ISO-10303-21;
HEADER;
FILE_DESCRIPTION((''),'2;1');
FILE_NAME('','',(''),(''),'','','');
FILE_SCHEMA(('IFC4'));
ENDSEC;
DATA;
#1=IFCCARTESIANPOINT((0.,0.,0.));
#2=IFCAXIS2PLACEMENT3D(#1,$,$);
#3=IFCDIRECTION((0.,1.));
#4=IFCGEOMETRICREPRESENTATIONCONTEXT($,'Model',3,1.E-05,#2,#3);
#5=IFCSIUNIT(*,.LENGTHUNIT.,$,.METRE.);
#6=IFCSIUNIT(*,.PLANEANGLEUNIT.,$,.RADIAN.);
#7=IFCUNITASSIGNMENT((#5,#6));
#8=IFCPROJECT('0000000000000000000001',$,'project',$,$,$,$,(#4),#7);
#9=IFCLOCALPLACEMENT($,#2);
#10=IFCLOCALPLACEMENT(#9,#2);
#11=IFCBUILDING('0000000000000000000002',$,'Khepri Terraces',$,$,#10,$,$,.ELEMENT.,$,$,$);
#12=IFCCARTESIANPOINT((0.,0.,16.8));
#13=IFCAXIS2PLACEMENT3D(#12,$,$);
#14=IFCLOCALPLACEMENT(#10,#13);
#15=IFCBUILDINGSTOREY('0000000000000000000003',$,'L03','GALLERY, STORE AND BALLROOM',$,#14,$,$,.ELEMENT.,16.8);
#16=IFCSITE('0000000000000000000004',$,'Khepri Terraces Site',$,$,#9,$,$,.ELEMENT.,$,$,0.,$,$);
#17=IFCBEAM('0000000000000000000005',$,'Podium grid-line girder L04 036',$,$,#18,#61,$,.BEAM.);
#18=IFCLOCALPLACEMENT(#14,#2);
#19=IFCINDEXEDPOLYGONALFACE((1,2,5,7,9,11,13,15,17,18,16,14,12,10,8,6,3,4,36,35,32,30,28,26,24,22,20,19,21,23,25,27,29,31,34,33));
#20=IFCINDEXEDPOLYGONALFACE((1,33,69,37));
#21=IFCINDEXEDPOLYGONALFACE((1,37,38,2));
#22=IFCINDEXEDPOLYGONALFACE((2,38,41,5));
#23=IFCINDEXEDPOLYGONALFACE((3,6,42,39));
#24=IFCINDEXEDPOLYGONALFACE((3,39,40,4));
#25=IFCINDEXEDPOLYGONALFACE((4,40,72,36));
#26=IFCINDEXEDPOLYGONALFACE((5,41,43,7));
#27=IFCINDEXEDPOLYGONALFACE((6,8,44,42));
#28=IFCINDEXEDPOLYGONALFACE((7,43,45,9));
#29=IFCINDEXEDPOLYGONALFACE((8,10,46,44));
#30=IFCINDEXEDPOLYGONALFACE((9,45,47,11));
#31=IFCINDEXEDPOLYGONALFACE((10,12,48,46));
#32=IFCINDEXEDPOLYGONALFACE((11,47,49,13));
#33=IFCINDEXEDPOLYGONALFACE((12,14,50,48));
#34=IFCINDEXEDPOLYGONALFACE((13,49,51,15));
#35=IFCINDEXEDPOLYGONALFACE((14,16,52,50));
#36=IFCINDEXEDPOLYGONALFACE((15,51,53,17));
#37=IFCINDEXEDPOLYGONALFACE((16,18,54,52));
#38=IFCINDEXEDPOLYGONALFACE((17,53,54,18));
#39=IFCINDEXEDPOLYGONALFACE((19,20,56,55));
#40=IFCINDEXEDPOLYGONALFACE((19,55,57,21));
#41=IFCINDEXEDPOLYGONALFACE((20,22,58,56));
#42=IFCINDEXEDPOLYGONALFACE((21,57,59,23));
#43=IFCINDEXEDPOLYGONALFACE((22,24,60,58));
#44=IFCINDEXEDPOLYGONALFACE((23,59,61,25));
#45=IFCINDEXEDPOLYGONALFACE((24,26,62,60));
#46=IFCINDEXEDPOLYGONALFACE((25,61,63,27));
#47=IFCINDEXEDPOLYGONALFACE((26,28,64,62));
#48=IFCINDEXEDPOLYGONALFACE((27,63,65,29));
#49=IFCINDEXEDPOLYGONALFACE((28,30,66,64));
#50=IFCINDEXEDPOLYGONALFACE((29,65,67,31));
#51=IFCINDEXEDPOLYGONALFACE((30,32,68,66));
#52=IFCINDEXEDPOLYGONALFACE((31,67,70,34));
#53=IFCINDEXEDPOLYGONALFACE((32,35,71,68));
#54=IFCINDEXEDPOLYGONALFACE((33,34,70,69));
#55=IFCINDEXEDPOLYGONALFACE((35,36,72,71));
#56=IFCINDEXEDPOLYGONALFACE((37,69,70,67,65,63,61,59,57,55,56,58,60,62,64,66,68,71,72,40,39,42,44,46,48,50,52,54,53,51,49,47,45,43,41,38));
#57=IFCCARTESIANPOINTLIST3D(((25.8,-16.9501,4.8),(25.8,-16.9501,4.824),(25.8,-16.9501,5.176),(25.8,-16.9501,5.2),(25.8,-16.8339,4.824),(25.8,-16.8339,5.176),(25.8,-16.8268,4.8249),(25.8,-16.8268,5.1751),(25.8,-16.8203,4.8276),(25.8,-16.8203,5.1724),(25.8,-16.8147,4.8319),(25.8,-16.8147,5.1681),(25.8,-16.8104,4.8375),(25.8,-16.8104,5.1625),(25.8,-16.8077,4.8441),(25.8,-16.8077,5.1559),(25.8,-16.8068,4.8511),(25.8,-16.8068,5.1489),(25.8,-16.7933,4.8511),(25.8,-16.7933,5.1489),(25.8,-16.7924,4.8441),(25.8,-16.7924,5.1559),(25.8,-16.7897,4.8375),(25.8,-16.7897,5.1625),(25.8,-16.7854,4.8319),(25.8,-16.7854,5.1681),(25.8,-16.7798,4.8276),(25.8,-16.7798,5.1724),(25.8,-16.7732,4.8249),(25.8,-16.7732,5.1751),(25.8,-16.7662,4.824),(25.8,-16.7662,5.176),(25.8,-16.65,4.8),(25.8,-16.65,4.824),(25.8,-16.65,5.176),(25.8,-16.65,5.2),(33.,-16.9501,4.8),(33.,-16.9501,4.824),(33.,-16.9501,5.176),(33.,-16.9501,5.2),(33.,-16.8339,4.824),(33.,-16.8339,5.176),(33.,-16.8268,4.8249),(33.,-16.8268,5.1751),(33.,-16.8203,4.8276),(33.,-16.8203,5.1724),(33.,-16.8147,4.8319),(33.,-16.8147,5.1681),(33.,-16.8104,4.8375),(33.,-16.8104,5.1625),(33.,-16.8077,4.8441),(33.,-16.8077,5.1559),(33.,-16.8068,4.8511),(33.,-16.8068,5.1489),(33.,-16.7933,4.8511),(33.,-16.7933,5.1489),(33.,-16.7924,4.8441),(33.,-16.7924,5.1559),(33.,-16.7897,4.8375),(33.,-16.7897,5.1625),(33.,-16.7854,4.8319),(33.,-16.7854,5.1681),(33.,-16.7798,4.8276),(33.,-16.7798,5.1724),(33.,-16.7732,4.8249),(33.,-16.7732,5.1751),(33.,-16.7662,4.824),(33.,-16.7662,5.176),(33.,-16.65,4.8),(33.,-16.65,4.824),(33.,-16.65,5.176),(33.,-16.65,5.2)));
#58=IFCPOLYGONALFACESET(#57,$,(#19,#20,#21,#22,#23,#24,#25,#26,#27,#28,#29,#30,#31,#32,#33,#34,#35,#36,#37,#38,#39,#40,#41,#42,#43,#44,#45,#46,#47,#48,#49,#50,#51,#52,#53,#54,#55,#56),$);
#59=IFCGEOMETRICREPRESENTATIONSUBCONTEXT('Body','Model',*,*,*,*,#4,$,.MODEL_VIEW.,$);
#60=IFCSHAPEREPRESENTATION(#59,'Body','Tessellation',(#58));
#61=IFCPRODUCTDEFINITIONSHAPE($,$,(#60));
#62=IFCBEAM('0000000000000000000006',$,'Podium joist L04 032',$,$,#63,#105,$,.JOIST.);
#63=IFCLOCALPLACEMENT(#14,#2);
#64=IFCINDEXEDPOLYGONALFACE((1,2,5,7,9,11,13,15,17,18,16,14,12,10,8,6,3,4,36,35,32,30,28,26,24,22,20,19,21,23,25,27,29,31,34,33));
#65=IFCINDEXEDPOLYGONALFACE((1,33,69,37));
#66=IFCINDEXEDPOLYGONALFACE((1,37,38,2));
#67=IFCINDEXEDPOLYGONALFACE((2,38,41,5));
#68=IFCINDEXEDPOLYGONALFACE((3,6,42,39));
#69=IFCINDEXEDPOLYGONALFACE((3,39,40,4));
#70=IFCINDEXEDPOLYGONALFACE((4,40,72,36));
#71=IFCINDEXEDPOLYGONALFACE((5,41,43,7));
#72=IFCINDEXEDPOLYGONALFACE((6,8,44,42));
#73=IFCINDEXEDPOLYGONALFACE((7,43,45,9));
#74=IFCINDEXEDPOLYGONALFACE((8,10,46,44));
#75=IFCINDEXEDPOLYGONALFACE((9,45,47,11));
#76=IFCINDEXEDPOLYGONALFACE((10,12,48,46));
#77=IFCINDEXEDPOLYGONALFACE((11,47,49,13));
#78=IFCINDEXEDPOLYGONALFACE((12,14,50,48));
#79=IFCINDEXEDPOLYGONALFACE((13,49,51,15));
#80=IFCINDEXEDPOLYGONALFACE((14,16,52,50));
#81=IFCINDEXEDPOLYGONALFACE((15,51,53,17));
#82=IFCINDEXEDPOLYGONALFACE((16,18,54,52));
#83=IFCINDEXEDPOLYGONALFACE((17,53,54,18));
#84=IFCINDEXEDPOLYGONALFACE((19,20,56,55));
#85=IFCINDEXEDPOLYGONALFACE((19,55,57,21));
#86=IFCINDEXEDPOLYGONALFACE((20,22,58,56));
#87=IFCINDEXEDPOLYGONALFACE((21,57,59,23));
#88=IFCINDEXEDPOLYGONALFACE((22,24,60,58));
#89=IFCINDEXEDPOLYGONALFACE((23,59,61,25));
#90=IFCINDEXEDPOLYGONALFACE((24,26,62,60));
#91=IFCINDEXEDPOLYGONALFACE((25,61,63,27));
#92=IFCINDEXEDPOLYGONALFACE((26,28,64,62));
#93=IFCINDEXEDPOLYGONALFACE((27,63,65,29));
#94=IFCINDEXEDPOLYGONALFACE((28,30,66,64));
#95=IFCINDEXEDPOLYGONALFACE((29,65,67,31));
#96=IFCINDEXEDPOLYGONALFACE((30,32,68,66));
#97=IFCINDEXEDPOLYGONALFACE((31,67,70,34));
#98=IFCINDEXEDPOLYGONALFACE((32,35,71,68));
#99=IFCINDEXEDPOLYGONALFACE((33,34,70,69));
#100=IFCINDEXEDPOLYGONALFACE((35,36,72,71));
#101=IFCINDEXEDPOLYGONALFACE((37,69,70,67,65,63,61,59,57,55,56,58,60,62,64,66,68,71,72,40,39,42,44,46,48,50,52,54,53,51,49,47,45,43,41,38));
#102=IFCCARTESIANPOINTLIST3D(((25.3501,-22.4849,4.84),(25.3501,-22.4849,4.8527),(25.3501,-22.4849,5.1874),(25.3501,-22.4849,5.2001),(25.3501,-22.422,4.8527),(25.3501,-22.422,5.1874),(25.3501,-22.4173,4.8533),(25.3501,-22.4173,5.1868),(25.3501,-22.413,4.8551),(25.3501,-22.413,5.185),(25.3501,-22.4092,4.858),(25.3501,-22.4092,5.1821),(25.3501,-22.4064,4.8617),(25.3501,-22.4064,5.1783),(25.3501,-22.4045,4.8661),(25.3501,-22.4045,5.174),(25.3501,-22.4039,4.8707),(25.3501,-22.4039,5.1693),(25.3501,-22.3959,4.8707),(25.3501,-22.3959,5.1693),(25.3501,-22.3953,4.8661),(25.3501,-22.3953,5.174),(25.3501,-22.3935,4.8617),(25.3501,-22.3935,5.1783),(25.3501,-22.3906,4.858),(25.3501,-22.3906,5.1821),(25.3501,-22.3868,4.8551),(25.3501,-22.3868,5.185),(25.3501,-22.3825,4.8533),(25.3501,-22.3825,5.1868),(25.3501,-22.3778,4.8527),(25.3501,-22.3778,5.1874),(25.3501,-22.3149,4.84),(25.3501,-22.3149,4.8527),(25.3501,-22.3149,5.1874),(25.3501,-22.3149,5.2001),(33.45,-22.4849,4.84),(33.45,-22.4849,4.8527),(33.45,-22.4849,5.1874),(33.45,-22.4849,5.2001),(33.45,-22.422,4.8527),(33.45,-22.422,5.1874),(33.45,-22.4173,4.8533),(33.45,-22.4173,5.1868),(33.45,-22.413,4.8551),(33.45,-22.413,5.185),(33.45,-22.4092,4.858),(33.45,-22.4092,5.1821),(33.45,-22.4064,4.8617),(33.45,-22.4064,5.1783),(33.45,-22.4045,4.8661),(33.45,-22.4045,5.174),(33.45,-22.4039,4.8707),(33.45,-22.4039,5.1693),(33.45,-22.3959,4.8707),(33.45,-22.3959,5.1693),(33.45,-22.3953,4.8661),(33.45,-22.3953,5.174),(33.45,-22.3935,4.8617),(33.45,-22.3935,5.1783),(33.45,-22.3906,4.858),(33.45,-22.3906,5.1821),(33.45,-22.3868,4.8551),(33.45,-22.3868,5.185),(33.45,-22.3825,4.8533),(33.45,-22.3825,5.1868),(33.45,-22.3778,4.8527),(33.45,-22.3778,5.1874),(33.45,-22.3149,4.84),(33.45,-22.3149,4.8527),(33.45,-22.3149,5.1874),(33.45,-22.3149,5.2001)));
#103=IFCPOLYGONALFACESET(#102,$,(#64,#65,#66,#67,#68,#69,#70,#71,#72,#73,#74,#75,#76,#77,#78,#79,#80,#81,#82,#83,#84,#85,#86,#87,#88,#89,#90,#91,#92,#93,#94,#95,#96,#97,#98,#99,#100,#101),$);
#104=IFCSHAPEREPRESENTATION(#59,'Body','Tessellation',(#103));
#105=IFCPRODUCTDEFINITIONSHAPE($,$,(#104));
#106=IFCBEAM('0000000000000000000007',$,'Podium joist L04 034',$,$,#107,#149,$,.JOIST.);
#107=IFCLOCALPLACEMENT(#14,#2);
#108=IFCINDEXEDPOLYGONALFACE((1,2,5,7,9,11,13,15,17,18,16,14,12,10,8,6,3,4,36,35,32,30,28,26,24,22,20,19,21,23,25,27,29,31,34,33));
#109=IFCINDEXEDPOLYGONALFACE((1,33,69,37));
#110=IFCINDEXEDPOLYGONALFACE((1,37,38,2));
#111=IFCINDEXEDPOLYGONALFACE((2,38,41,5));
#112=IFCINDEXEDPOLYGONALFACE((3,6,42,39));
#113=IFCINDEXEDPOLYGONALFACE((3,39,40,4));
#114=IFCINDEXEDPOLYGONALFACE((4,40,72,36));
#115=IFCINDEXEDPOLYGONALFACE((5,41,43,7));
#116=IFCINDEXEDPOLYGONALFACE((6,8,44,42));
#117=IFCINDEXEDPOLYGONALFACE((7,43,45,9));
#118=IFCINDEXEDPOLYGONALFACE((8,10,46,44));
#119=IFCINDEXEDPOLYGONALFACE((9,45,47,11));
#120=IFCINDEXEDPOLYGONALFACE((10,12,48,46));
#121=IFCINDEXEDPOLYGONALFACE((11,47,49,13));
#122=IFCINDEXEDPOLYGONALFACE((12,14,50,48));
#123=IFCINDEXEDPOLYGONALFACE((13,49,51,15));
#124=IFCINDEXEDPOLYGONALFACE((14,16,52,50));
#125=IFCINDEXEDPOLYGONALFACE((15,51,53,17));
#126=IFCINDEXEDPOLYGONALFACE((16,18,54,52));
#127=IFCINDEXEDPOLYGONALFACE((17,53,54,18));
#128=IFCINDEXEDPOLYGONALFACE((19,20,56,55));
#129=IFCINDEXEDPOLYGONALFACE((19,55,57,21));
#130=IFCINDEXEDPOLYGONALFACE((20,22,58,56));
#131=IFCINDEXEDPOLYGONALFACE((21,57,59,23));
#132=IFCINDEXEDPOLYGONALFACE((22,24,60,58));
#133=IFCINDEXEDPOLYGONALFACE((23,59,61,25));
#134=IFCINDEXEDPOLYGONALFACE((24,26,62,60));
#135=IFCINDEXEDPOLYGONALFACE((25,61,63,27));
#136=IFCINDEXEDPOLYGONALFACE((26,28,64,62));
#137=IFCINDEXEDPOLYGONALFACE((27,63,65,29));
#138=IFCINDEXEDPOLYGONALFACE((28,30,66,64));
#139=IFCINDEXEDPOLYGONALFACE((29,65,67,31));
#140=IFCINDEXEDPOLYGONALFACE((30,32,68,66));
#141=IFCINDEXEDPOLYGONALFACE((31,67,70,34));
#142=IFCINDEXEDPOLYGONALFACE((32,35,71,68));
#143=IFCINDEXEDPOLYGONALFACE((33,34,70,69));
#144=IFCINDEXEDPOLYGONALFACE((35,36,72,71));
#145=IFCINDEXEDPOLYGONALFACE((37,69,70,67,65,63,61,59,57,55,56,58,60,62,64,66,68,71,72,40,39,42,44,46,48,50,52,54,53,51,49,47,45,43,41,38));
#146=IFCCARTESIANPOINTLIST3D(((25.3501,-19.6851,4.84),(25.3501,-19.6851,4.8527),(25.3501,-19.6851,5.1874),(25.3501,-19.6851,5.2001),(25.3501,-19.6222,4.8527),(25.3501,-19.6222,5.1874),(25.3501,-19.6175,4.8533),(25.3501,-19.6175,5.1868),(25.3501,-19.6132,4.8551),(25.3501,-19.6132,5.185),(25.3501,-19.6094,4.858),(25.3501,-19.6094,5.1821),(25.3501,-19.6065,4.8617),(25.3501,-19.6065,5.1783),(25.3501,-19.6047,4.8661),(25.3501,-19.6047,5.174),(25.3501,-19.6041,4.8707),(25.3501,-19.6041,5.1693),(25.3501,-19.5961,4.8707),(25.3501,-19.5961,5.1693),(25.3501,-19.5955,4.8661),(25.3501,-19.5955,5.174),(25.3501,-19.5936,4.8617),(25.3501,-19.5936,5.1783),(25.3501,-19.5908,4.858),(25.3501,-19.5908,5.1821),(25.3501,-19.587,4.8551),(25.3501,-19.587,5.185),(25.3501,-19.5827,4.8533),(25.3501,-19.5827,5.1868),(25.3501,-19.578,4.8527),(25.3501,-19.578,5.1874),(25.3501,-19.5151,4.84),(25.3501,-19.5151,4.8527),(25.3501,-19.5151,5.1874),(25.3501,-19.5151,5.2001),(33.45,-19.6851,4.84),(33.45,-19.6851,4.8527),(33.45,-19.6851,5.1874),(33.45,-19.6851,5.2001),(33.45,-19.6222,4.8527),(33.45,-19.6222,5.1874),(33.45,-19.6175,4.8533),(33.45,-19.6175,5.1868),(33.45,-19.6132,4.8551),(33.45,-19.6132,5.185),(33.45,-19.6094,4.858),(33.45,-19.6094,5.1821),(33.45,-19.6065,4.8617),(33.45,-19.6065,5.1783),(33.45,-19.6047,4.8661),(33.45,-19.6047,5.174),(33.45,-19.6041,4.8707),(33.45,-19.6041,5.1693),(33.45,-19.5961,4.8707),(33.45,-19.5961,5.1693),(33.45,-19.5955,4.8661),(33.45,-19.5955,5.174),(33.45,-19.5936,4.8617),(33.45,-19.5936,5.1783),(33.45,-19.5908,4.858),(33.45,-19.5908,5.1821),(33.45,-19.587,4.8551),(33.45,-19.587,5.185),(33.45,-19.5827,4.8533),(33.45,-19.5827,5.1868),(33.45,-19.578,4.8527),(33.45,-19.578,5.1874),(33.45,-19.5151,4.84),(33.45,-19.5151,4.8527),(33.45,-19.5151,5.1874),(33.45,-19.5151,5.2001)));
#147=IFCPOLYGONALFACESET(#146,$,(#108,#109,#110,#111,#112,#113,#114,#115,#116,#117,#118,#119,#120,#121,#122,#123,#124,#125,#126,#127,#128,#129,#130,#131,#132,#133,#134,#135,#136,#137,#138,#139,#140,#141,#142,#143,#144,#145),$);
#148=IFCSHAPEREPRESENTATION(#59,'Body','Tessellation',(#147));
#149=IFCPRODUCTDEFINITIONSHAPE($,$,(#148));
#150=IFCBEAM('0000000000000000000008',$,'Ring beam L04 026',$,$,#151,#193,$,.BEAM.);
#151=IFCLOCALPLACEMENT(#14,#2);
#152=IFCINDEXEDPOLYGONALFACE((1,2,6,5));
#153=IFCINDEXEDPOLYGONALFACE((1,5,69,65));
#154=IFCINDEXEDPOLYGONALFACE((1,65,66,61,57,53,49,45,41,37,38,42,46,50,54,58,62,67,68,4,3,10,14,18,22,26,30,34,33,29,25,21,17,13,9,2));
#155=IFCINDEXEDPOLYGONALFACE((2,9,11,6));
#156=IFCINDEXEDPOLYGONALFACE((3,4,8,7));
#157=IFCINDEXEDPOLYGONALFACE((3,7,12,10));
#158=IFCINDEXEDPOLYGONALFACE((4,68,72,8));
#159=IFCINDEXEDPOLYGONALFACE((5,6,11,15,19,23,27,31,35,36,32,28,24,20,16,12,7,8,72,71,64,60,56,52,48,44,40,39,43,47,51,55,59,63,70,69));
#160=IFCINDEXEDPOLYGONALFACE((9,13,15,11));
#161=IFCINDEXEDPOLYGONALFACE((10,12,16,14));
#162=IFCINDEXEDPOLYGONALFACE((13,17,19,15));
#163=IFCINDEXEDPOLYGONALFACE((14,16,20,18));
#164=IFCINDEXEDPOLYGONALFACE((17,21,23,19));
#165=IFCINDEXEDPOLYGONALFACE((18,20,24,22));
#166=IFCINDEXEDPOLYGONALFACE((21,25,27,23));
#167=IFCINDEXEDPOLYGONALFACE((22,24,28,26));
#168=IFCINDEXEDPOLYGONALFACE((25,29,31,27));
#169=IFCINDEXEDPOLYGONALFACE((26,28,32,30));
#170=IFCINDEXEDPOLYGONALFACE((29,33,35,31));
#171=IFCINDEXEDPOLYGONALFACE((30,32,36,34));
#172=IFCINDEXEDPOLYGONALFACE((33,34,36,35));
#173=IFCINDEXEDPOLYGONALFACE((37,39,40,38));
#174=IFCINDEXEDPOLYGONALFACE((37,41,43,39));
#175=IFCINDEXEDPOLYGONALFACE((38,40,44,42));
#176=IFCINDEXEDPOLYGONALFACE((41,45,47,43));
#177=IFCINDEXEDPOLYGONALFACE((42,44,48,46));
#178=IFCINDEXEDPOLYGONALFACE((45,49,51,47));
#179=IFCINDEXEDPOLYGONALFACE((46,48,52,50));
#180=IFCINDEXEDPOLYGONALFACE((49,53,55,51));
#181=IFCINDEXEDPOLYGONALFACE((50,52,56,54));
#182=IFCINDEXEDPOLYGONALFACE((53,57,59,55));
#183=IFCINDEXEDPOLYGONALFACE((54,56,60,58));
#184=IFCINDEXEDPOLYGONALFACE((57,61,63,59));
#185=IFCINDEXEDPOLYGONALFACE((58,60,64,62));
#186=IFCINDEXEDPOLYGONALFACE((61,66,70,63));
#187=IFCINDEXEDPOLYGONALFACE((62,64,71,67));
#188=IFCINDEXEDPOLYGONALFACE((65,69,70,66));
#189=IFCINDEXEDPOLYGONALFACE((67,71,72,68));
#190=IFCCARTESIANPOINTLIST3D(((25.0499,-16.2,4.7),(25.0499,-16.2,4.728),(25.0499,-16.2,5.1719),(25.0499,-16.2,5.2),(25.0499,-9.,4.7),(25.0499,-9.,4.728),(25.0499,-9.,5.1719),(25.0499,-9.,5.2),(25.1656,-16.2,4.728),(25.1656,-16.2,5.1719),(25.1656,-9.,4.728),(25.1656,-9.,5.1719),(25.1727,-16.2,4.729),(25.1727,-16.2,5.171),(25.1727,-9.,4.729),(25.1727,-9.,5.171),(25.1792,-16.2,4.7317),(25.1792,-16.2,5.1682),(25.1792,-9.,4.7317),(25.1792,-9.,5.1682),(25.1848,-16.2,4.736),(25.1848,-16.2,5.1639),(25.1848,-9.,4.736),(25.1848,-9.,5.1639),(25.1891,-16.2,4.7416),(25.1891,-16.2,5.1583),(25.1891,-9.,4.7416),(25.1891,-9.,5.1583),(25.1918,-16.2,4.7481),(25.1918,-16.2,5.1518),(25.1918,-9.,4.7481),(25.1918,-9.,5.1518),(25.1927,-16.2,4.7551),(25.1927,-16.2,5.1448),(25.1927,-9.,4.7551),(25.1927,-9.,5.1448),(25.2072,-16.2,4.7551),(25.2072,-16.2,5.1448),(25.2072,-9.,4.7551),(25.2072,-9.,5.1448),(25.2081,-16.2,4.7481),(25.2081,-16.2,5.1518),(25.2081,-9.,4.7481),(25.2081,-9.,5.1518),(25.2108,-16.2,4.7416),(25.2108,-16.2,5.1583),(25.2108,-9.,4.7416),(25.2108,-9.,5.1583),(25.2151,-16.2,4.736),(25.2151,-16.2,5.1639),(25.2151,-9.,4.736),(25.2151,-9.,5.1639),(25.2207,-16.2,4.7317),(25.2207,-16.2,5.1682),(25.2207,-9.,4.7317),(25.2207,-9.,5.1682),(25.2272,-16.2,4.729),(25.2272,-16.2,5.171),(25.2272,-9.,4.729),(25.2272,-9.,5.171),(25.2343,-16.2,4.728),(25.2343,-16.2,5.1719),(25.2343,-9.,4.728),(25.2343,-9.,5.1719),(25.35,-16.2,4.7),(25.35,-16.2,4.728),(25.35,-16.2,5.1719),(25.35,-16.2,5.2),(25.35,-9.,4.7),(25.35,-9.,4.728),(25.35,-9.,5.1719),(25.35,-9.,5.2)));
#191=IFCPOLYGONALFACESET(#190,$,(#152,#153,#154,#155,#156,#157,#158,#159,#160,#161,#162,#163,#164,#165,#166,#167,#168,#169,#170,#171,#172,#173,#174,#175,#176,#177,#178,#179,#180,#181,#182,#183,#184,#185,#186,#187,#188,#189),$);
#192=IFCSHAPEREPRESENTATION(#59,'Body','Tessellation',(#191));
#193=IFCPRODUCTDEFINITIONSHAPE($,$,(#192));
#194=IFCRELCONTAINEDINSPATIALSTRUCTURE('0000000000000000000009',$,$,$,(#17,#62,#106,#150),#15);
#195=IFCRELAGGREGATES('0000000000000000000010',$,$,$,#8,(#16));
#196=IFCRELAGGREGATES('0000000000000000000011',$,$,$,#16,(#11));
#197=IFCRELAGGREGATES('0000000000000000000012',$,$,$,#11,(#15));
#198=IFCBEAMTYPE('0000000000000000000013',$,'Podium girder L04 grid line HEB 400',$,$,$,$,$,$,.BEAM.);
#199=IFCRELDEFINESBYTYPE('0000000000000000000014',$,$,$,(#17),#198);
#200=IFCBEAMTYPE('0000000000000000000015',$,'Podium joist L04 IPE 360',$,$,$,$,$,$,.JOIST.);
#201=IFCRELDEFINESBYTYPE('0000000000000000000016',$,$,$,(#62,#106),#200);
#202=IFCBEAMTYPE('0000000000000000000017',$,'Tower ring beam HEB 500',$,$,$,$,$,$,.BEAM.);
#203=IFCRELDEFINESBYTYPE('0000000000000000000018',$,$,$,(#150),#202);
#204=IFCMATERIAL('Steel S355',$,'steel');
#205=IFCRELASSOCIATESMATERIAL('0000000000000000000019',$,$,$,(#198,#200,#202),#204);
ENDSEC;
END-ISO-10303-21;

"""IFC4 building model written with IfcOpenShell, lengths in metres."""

from ifc_helpers import new_model, si_unit, direction, frame, origin, origin_2d, place, context, subcontext, project, spatial, i_section, extrude, material, material_profile, profile_set, type_object, element, save


model = new_model("IFC4")

# Units and contexts
model_context = context("Model", 3, precision=1e-05, world=origin(), true_north=direction((0.0, 1.0)))
body_context = subcontext(model_context, "Body", "Model", "MODEL_VIEW")
ifc_project = project(units=[si_unit("LENGTHUNIT", "METRE"), si_unit("PLANEANGLEUNIT", "RADIAN")], contexts=[model_context])

# Site, building, storey
site_placement = place(None, origin())
site = spatial("IfcSite", under=ifc_project, at=site_placement, Name="Khepri Terraces Site", CompositionType="ELEMENT", RefElevation=0.0)
building_placement = place(site_placement, origin())
building = spatial("IfcBuilding", under=site, at=building_placement, Name="Khepri Terraces", CompositionType="ELEMENT")
storey_placement = place(building_placement, frame((0.0, 0.0, 16.8)))
storey = spatial("IfcBuildingStorey", under=building, at=storey_placement, Name="L03", Description="GALLERY, STORE AND BALLROOM", CompositionType="ELEMENT", Elevation=16.8)

# Beams
ifc_material_1 = material(Name="Steel S355", Category="steel")
ifc_material_profile_1 = material_profile(ifc_material_1, i_section(OverallWidth=0.3, OverallDepth=0.3999, WebThickness=0.0134, FlangeThickness=0.0239, FilletRadius=0.0271, at=origin_2d()), Name="Steel S355", Category="steel")
ifc_profile_set_1 = profile_set([ifc_material_profile_1], Name="Steel S355")
beam_type_1 = type_object("IfcBeamType", Name="Podium girder L04 grid line HEB 400", PredefinedType="BEAM", material=ifc_profile_set_1)
beam_1_placement = place(storey_placement, frame((25.8, -16.8, 5.0), z_axis=(1.0, 0.0, 0.0), x_axis=(0.0, 1.0, 0.0)))
element("IfcBeam", 1, at=beam_1_placement, inside=storey, type_object=beam_type_1, Name="Podium grid-line girder L04 036", PredefinedType="BEAM", context=body_context, shape_type="SweptSolid", body=[
    extrude(i_section(OverallWidth=0.3, OverallDepth=0.3999, WebThickness=0.0134, FlangeThickness=0.0239, FilletRadius=0.0271, at=origin_2d()), origin(), (0.0, 0.0, 1.0), 7.2),
])
ifc_material_profile_2 = material_profile(ifc_material_1, i_section(OverallWidth=0.1699, OverallDepth=0.3601, WebThickness=0.0081, FlangeThickness=0.0127, FilletRadius=0.0181, at=origin_2d()), Name="Steel S355", Category="steel")
ifc_profile_set_2 = profile_set([ifc_material_profile_2], Name="Steel S355")
beam_type_2 = type_object("IfcBeamType", Name="Podium joist L04 IPE 360", PredefinedType="JOIST", material=ifc_profile_set_2)
for number, where, z_axis, x_axis, name in (
    (2, (25.3501, -22.3999, 5.02), (1.0, 0.0, 0.0), (0.0, 1.0, 0.0), "Podium joist L04 032"),
    (3, (25.3501, -19.6001, 5.02), (1.0, 0.0, 0.0), (0.0, 1.0, 0.0), "Podium joist L04 034"),
):
    element("IfcBeam", number, at=place(storey_placement, frame(where, z_axis=z_axis, x_axis=x_axis)), inside=storey, type_object=beam_type_2, Name=name, PredefinedType="JOIST", context=body_context, shape_type="SweptSolid", body=[
        extrude(i_section(OverallWidth=0.1699, OverallDepth=0.3601, WebThickness=0.0081, FlangeThickness=0.0127, FilletRadius=0.0181, at=origin_2d()), origin(), (0.0, 0.0, 1.0), 8.0999),
    ])
ifc_material_profile_3 = material_profile(ifc_material_1, i_section(OverallWidth=0.3, OverallDepth=0.5, WebThickness=0.0144, FlangeThickness=0.0281, FilletRadius=0.0271, at=origin_2d()), Name="Steel S355", Category="steel")
ifc_profile_set_3 = profile_set([ifc_material_profile_3], Name="Steel S355")
beam_type_3 = type_object("IfcBeamType", Name="Tower ring beam HEB 500", PredefinedType="BEAM", material=ifc_profile_set_3)
beam_2_placement = place(storey_placement, frame((25.2, -16.2, 4.95), z_axis=(0.0, 1.0, 0.0), x_axis=(-1.0, 0.0, 0.0)))
element("IfcBeam", 4, at=beam_2_placement, inside=storey, type_object=beam_type_3, Name="Ring beam L04 026", PredefinedType="BEAM", context=body_context, shape_type="SweptSolid", body=[
    extrude(i_section(OverallWidth=0.3, OverallDepth=0.5, WebThickness=0.0144, FlangeThickness=0.0281, FilletRadius=0.0271, at=origin_2d()), origin(), (0.0, 0.0, 1.0), 7.2),
])

save(model, "model.ifc")
